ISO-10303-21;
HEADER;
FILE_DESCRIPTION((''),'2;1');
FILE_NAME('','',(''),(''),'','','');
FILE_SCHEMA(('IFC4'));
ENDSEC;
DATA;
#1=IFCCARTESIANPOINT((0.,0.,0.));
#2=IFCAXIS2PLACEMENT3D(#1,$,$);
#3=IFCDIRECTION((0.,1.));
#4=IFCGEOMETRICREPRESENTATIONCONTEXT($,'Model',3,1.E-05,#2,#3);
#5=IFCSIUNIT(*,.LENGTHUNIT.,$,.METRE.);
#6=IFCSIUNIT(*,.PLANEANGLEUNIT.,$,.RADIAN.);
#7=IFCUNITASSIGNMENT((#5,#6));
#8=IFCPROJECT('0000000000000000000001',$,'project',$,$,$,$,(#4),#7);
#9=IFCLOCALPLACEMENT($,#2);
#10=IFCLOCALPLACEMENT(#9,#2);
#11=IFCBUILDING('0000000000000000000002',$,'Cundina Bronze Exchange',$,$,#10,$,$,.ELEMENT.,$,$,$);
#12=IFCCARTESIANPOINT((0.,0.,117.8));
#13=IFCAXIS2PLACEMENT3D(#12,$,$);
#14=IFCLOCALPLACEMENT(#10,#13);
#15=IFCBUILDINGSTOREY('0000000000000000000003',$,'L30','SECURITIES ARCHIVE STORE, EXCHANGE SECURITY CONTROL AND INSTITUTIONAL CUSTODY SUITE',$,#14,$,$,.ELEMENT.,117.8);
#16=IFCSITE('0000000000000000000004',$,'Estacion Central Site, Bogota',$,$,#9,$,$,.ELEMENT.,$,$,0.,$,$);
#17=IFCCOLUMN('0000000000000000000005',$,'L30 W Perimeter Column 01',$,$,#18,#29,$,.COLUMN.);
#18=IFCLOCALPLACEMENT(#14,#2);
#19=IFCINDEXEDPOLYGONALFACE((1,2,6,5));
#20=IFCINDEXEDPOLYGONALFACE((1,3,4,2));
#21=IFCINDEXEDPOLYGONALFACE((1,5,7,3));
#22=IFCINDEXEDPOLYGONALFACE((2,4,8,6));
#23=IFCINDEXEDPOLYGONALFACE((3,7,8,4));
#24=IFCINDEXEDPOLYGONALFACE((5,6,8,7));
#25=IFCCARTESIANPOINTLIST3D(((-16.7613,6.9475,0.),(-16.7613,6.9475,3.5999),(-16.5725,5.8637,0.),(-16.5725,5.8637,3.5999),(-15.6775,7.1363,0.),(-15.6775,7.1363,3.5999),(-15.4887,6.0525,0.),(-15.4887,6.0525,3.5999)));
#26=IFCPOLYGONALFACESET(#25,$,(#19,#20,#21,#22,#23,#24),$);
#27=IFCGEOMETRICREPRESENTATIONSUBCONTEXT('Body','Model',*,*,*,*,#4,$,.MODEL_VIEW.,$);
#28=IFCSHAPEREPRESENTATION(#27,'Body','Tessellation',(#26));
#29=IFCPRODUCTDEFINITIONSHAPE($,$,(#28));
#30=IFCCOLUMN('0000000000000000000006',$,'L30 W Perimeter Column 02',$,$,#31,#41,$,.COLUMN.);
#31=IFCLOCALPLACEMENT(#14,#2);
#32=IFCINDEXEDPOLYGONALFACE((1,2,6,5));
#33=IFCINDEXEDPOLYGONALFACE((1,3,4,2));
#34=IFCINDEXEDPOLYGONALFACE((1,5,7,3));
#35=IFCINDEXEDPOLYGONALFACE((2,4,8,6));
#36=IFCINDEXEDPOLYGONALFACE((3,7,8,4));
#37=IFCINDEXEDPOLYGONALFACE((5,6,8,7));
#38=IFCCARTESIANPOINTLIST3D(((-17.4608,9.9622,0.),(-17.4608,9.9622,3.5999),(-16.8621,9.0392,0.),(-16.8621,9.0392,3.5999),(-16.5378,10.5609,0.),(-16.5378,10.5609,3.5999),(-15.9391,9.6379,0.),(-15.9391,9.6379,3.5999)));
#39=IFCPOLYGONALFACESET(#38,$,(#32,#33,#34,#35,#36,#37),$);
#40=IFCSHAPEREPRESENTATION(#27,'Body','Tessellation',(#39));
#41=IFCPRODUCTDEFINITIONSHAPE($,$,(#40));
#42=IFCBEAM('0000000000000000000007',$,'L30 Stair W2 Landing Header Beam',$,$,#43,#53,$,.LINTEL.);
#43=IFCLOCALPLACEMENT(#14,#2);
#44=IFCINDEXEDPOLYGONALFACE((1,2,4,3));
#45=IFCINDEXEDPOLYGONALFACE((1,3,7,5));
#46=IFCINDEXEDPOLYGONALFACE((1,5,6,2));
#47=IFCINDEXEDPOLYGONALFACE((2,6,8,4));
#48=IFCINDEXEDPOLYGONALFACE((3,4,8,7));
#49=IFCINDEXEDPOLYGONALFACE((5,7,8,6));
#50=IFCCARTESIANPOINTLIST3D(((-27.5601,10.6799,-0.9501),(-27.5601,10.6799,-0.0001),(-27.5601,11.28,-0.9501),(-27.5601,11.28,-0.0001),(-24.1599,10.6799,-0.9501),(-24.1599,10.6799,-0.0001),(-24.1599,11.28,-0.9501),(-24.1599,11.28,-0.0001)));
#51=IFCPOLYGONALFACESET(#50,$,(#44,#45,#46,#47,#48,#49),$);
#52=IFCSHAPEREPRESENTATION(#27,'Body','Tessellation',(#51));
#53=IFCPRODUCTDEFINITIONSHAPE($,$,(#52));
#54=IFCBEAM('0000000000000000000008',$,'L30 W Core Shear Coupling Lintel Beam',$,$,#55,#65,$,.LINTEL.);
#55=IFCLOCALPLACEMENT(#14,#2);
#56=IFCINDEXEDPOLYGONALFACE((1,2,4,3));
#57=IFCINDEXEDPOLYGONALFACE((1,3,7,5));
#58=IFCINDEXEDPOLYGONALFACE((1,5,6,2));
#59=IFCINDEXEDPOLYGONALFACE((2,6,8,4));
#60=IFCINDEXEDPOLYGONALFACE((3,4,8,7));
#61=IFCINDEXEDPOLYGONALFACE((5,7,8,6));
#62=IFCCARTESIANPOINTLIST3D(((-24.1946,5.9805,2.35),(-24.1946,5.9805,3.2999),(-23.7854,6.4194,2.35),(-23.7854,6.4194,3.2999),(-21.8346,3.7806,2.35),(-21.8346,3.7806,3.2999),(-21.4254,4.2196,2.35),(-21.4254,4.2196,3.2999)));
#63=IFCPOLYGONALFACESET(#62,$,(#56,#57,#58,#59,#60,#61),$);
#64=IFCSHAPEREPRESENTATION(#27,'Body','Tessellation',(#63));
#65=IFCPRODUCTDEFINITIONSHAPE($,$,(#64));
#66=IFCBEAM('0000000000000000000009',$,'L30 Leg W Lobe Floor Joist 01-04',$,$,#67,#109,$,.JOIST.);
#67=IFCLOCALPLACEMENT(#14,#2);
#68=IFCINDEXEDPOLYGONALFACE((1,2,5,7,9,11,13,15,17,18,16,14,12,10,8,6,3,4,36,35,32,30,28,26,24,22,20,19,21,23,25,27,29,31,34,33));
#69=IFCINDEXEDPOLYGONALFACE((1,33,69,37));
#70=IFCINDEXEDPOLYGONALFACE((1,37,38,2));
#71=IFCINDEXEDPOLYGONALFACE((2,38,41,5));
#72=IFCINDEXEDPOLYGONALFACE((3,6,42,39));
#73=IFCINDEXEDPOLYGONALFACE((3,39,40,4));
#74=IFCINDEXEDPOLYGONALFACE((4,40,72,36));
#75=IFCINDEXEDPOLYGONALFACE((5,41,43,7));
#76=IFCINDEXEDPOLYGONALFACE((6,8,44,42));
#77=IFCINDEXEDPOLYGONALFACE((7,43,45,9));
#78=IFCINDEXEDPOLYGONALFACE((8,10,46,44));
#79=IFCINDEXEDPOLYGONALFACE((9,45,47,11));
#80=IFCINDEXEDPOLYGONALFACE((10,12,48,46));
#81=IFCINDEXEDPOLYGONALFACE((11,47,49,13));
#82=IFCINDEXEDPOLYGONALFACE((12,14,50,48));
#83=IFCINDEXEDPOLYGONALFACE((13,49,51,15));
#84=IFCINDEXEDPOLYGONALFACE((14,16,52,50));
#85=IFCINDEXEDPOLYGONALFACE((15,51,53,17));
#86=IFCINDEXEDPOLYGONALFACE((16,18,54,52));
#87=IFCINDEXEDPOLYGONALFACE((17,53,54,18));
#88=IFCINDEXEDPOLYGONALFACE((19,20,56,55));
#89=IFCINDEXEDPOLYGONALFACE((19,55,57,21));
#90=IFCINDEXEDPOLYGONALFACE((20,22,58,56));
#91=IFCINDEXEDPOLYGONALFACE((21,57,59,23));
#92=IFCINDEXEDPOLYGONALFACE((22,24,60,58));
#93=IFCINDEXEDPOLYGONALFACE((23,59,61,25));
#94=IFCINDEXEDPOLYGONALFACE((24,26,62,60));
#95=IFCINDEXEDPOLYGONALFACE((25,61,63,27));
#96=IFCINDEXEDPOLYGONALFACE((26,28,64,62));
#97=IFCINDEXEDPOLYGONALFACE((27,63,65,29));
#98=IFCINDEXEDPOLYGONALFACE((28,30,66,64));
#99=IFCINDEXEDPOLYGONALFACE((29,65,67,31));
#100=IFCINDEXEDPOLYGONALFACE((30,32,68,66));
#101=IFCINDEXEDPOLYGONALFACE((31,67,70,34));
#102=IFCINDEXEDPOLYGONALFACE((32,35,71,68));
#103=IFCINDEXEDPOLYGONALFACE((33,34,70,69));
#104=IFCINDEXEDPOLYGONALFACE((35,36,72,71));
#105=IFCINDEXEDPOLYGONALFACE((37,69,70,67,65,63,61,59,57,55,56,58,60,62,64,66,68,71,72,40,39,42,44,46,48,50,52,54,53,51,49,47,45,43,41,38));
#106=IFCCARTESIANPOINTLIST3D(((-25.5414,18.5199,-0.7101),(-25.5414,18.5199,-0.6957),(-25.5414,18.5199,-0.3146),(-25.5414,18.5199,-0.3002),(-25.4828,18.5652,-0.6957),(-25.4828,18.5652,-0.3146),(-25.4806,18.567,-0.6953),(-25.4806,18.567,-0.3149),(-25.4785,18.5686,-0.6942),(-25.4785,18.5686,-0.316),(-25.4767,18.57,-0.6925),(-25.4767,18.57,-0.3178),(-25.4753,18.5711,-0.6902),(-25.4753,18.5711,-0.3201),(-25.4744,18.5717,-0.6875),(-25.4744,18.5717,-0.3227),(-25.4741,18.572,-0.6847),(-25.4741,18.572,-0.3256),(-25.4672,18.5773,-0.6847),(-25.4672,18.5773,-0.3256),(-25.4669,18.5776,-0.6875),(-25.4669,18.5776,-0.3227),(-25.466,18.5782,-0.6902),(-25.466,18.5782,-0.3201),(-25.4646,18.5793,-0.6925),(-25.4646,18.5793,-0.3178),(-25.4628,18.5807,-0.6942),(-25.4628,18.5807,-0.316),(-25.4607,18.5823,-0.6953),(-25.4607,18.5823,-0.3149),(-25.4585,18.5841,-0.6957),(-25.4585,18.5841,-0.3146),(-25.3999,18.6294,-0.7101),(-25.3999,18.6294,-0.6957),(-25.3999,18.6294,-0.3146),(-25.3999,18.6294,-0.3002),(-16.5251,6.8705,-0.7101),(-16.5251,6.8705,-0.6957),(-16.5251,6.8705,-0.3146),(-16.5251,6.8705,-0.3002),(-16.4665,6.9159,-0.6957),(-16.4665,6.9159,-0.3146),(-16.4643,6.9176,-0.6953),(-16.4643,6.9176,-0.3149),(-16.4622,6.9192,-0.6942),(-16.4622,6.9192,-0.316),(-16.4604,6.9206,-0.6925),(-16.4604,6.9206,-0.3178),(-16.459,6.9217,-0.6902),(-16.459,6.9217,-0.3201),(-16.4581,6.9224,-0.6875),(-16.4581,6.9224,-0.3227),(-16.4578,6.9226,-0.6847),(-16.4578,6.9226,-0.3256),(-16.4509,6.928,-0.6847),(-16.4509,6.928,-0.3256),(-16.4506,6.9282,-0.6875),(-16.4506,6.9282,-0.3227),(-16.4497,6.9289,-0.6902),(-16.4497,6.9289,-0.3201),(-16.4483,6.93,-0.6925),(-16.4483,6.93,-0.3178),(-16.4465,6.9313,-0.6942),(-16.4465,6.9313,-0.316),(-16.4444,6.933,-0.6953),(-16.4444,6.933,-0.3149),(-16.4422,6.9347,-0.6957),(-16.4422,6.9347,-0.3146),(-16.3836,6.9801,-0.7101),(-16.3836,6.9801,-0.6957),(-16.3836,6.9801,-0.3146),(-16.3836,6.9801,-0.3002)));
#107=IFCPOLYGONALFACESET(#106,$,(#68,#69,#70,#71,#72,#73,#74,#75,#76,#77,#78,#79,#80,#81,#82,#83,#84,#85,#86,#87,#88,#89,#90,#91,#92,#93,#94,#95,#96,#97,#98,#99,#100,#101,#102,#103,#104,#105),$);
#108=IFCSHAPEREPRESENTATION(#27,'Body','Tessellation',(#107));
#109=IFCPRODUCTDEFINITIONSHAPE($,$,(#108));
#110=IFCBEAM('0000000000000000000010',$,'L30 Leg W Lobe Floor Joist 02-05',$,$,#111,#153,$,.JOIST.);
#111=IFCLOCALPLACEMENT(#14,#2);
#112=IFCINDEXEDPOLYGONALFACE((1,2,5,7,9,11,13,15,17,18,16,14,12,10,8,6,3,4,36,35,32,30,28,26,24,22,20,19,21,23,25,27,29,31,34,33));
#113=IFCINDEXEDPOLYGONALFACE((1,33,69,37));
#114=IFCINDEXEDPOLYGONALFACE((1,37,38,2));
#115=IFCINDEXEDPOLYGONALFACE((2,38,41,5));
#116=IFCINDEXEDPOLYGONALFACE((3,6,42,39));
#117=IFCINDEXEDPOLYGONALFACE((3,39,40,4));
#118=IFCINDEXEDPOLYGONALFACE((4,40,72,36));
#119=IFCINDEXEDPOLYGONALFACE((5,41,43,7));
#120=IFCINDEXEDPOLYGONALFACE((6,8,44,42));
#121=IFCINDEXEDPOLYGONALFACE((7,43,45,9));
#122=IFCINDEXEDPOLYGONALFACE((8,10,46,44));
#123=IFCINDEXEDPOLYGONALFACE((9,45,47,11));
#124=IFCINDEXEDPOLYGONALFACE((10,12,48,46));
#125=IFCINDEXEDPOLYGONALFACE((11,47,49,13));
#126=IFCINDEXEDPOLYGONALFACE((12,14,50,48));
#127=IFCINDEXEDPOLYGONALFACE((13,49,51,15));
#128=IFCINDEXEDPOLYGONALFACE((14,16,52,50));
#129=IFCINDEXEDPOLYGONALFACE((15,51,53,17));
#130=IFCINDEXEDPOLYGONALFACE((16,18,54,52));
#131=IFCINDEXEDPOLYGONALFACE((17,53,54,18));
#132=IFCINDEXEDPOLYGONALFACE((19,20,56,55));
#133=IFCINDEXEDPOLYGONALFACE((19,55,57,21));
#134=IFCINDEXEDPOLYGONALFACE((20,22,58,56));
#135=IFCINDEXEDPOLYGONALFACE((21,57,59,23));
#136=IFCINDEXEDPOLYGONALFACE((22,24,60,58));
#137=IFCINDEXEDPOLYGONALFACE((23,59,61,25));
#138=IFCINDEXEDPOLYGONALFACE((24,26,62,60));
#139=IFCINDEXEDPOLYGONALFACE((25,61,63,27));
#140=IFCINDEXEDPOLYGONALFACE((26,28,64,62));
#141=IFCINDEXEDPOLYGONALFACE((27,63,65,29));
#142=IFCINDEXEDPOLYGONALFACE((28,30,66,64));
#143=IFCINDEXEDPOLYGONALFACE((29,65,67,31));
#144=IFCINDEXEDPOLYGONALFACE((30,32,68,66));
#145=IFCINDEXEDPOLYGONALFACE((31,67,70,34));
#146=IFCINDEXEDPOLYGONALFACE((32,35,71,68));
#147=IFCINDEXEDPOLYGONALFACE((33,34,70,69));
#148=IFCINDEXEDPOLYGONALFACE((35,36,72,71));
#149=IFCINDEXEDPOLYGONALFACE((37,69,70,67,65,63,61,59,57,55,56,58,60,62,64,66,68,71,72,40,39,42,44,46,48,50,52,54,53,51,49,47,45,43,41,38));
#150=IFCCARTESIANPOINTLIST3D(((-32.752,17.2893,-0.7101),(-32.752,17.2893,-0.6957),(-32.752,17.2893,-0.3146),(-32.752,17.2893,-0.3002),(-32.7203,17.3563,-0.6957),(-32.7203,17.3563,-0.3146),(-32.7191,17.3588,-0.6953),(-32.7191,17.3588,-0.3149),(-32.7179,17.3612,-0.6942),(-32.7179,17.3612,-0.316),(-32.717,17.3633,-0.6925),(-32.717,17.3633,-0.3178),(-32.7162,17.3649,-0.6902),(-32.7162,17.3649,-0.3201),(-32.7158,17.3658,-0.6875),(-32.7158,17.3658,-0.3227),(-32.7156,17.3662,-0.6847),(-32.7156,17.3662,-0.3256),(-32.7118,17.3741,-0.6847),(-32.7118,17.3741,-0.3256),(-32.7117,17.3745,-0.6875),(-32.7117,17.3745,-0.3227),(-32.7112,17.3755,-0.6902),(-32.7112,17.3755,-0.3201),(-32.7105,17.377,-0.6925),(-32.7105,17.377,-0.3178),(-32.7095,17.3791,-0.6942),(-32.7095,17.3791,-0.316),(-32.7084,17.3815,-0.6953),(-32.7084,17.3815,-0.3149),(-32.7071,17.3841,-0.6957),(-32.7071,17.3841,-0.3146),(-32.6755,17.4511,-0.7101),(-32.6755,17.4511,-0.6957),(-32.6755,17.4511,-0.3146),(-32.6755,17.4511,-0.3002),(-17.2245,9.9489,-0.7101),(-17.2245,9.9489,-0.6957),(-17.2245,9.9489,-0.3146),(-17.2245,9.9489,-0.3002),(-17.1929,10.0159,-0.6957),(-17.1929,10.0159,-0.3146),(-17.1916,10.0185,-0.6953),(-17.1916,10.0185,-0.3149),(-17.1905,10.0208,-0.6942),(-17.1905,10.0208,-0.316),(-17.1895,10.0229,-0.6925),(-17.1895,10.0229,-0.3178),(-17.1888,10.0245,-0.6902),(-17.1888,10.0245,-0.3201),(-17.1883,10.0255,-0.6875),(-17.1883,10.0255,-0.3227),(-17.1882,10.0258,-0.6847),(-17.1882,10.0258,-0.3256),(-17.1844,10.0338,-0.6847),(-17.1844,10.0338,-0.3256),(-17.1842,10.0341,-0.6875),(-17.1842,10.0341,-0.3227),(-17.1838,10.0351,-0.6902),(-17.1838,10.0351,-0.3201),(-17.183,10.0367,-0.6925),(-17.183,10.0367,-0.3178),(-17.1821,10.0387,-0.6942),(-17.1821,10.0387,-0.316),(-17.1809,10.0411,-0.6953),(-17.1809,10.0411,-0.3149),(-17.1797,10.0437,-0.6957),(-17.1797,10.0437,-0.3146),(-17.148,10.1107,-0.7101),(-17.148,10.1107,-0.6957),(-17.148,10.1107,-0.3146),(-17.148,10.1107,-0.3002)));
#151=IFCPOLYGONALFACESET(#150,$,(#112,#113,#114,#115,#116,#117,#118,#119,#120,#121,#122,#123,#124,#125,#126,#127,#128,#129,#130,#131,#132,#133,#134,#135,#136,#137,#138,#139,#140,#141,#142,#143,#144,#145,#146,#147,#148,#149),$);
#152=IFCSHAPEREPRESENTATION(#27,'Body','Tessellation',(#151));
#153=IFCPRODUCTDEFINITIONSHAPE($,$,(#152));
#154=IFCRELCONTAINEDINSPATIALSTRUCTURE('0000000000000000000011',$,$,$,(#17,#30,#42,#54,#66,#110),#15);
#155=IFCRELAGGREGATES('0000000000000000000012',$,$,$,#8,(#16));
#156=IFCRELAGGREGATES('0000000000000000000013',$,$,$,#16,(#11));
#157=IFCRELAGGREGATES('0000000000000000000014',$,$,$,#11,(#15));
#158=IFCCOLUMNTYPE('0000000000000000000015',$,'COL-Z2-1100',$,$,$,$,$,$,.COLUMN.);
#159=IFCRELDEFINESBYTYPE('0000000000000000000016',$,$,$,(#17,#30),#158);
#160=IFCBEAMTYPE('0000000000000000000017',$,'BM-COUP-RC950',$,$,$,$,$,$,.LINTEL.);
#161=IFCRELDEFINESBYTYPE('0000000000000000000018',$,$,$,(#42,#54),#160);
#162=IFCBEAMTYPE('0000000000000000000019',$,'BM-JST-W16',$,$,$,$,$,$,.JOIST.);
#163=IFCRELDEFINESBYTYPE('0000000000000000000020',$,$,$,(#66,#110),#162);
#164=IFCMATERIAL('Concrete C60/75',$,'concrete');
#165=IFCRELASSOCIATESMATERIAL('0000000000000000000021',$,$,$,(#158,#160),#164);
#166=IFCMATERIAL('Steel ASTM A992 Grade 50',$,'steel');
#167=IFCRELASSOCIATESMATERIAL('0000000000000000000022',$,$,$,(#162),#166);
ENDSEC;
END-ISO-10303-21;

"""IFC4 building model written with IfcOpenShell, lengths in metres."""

from ifc_helpers import new_model, si_unit, direction, frame, origin, origin_2d, place, context, subcontext, project, spatial, rectangle, i_section, extrude, material, material_profile, profile_set, type_object, element, save


model = new_model("IFC4")

# Units and contexts
model_context = context("Model", 3, precision=1e-05, world=origin(), true_north=direction((0.0, 1.0)))
body_context = subcontext(model_context, "Body", "Model", "MODEL_VIEW")
ifc_project = project(units=[si_unit("LENGTHUNIT", "METRE"), si_unit("PLANEANGLEUNIT", "RADIAN")], contexts=[model_context])

# Site, building, storey
site_placement = place(None, origin())
site = spatial("IfcSite", under=ifc_project, at=site_placement, Name="Estacion Central Site, Bogota", CompositionType="ELEMENT", RefElevation=0.0)
building_placement = place(site_placement, origin())
building = spatial("IfcBuilding", under=site, at=building_placement, Name="Cundina Bronze Exchange", CompositionType="ELEMENT")
storey_placement = place(building_placement, frame((0.0, 0.0, 117.8)))
storey = spatial("IfcBuildingStorey", under=building, at=storey_placement, Name="L30", Description="SECURITIES ARCHIVE STORE, EXCHANGE SECURITY CONTROL AND INSTITUTIONAL CUSTODY SUITE", CompositionType="ELEMENT", Elevation=117.8)

# Columns
ifc_material_1 = material(Name="Concrete C60/75", Category="concrete")
ifc_material_profile_1 = material_profile(ifc_material_1, rectangle(XDim=1.1001, YDim=1.1001, at=origin_2d()), Name="RC1100X1100", Category="concrete")
ifc_profile_set_1 = profile_set([ifc_material_profile_1], Name="Concrete C60/75")
column_type = type_object("IfcColumnType", Name="COL-Z2-1100", PredefinedType="COLUMN", material=ifc_profile_set_1)
for number, where, z_axis, x_axis, name in (
    (1, (-16.125, 6.5, 0.0), (0.0, 0.0, 1.0), (-0.171585, 0.985169, 0.0), "L30 W Perimeter Column 01"),
    (2, (-16.7, 9.8, 0.0), (0.0, 0.0, 1.0), (-0.5442, 0.838956, 0.0), "L30 W Perimeter Column 02"),
):
    element("IfcColumn", number, at=place(storey_placement, frame(where, z_axis=z_axis, x_axis=x_axis)), inside=storey, type_object=column_type, Name=name, PredefinedType="COLUMN", context=body_context, shape_type="SweptSolid", body=[
        extrude(rectangle(XDim=1.1001, YDim=1.1001, at=origin_2d()), origin(), (0.0, 0.0, 1.0), 3.5999),
    ])

# Beams
ifc_material_profile_2 = material_profile(ifc_material_1, rectangle(XDim=0.6001, YDim=0.95, at=origin_2d()), Name="RC600X950", Category="concrete")
ifc_profile_set_2 = profile_set([ifc_material_profile_2], Name="Concrete C60/75")
beam_type_1 = type_object("IfcBeamType", Name="BM-COUP-RC950", PredefinedType="LINTEL", material=ifc_profile_set_2)
beam_1_placement = place(storey_placement, frame((-27.5601, 10.98, -0.4751), z_axis=(1.0, 0.0, 0.0), x_axis=(0.0, 1.0, 0.0)))
element("IfcBeam", 3, at=beam_1_placement, inside=storey, type_object=beam_type_1, Name="L30 Stair W2 Landing Header Beam", PredefinedType="LINTEL", context=body_context, shape_type="SweptSolid", body=[
    extrude(rectangle(XDim=0.6001, YDim=0.95, at=origin_2d()), origin(), (0.0, 0.0, 1.0), 3.4001),
])
beam_2_placement = place(storey_placement, frame((-23.99, 6.2, 2.825), z_axis=(0.73149, -0.681852, 0.0), x_axis=(0.681852, 0.73149, 0.0)))
element("IfcBeam", 4, at=beam_2_placement, inside=storey, type_object=beam_type_1, Name="L30 W Core Shear Coupling Lintel Beam", PredefinedType="LINTEL", context=body_context, shape_type="SweptSolid", body=[
    extrude(rectangle(XDim=0.6001, YDim=0.95, at=origin_2d()), origin(), (0.0, 0.0, 1.0), 3.2263),
])
ifc_material_2 = material(Name="Steel ASTM A992 Grade 50", Category="steel")
ifc_material_profile_3 = material_profile(ifc_material_2, i_section(OverallWidth=0.179, OverallDepth=0.4099, WebThickness=0.0088, FlangeThickness=0.0144, FilletRadius=0.011, at=origin_2d()), Name="W16X45", Category="steel")
ifc_profile_set_3 = profile_set([ifc_material_profile_3], Name="Steel ASTM A992 Grade 50")
beam_type_2 = type_object("IfcBeamType", Name="BM-JST-W16", PredefinedType="JOIST", material=ifc_profile_set_3)
beam_3_placement = place(storey_placement, frame((-16.4543, 6.9253, -0.5051), z_axis=(-0.612065, 0.790807, 0.0), x_axis=(-0.790807, -0.612065, 0.0)))
element("IfcBeam", 5, at=beam_3_placement, inside=storey, type_object=beam_type_2, Name="L30 Leg W Lobe Floor Joist 01-04", PredefinedType="JOIST", context=body_context, shape_type="SweptSolid", body=[
    extrude(i_section(OverallWidth=0.179, OverallDepth=0.4099, WebThickness=0.0088, FlangeThickness=0.0144, FilletRadius=0.011, at=origin_2d()), origin(), (0.0, 0.0, 1.0), 14.731),
])
beam_4_placement = place(storey_placement, frame((-17.1863, 10.0298, -0.5051), z_axis=(-0.904069, 0.427386, 0.0), x_axis=(-0.427386, -0.904069, 0.0)))
element("IfcBeam", 6, at=beam_4_placement, inside=storey, type_object=beam_type_2, Name="L30 Leg W Lobe Floor Joist 02-05", PredefinedType="JOIST", context=body_context, shape_type="SweptSolid", body=[
    extrude(i_section(OverallWidth=0.179, OverallDepth=0.4099, WebThickness=0.0088, FlangeThickness=0.0144, FilletRadius=0.011, at=origin_2d()), origin(), (0.0, 0.0, 1.0), 17.175),
])

save(model, "model.ifc")
